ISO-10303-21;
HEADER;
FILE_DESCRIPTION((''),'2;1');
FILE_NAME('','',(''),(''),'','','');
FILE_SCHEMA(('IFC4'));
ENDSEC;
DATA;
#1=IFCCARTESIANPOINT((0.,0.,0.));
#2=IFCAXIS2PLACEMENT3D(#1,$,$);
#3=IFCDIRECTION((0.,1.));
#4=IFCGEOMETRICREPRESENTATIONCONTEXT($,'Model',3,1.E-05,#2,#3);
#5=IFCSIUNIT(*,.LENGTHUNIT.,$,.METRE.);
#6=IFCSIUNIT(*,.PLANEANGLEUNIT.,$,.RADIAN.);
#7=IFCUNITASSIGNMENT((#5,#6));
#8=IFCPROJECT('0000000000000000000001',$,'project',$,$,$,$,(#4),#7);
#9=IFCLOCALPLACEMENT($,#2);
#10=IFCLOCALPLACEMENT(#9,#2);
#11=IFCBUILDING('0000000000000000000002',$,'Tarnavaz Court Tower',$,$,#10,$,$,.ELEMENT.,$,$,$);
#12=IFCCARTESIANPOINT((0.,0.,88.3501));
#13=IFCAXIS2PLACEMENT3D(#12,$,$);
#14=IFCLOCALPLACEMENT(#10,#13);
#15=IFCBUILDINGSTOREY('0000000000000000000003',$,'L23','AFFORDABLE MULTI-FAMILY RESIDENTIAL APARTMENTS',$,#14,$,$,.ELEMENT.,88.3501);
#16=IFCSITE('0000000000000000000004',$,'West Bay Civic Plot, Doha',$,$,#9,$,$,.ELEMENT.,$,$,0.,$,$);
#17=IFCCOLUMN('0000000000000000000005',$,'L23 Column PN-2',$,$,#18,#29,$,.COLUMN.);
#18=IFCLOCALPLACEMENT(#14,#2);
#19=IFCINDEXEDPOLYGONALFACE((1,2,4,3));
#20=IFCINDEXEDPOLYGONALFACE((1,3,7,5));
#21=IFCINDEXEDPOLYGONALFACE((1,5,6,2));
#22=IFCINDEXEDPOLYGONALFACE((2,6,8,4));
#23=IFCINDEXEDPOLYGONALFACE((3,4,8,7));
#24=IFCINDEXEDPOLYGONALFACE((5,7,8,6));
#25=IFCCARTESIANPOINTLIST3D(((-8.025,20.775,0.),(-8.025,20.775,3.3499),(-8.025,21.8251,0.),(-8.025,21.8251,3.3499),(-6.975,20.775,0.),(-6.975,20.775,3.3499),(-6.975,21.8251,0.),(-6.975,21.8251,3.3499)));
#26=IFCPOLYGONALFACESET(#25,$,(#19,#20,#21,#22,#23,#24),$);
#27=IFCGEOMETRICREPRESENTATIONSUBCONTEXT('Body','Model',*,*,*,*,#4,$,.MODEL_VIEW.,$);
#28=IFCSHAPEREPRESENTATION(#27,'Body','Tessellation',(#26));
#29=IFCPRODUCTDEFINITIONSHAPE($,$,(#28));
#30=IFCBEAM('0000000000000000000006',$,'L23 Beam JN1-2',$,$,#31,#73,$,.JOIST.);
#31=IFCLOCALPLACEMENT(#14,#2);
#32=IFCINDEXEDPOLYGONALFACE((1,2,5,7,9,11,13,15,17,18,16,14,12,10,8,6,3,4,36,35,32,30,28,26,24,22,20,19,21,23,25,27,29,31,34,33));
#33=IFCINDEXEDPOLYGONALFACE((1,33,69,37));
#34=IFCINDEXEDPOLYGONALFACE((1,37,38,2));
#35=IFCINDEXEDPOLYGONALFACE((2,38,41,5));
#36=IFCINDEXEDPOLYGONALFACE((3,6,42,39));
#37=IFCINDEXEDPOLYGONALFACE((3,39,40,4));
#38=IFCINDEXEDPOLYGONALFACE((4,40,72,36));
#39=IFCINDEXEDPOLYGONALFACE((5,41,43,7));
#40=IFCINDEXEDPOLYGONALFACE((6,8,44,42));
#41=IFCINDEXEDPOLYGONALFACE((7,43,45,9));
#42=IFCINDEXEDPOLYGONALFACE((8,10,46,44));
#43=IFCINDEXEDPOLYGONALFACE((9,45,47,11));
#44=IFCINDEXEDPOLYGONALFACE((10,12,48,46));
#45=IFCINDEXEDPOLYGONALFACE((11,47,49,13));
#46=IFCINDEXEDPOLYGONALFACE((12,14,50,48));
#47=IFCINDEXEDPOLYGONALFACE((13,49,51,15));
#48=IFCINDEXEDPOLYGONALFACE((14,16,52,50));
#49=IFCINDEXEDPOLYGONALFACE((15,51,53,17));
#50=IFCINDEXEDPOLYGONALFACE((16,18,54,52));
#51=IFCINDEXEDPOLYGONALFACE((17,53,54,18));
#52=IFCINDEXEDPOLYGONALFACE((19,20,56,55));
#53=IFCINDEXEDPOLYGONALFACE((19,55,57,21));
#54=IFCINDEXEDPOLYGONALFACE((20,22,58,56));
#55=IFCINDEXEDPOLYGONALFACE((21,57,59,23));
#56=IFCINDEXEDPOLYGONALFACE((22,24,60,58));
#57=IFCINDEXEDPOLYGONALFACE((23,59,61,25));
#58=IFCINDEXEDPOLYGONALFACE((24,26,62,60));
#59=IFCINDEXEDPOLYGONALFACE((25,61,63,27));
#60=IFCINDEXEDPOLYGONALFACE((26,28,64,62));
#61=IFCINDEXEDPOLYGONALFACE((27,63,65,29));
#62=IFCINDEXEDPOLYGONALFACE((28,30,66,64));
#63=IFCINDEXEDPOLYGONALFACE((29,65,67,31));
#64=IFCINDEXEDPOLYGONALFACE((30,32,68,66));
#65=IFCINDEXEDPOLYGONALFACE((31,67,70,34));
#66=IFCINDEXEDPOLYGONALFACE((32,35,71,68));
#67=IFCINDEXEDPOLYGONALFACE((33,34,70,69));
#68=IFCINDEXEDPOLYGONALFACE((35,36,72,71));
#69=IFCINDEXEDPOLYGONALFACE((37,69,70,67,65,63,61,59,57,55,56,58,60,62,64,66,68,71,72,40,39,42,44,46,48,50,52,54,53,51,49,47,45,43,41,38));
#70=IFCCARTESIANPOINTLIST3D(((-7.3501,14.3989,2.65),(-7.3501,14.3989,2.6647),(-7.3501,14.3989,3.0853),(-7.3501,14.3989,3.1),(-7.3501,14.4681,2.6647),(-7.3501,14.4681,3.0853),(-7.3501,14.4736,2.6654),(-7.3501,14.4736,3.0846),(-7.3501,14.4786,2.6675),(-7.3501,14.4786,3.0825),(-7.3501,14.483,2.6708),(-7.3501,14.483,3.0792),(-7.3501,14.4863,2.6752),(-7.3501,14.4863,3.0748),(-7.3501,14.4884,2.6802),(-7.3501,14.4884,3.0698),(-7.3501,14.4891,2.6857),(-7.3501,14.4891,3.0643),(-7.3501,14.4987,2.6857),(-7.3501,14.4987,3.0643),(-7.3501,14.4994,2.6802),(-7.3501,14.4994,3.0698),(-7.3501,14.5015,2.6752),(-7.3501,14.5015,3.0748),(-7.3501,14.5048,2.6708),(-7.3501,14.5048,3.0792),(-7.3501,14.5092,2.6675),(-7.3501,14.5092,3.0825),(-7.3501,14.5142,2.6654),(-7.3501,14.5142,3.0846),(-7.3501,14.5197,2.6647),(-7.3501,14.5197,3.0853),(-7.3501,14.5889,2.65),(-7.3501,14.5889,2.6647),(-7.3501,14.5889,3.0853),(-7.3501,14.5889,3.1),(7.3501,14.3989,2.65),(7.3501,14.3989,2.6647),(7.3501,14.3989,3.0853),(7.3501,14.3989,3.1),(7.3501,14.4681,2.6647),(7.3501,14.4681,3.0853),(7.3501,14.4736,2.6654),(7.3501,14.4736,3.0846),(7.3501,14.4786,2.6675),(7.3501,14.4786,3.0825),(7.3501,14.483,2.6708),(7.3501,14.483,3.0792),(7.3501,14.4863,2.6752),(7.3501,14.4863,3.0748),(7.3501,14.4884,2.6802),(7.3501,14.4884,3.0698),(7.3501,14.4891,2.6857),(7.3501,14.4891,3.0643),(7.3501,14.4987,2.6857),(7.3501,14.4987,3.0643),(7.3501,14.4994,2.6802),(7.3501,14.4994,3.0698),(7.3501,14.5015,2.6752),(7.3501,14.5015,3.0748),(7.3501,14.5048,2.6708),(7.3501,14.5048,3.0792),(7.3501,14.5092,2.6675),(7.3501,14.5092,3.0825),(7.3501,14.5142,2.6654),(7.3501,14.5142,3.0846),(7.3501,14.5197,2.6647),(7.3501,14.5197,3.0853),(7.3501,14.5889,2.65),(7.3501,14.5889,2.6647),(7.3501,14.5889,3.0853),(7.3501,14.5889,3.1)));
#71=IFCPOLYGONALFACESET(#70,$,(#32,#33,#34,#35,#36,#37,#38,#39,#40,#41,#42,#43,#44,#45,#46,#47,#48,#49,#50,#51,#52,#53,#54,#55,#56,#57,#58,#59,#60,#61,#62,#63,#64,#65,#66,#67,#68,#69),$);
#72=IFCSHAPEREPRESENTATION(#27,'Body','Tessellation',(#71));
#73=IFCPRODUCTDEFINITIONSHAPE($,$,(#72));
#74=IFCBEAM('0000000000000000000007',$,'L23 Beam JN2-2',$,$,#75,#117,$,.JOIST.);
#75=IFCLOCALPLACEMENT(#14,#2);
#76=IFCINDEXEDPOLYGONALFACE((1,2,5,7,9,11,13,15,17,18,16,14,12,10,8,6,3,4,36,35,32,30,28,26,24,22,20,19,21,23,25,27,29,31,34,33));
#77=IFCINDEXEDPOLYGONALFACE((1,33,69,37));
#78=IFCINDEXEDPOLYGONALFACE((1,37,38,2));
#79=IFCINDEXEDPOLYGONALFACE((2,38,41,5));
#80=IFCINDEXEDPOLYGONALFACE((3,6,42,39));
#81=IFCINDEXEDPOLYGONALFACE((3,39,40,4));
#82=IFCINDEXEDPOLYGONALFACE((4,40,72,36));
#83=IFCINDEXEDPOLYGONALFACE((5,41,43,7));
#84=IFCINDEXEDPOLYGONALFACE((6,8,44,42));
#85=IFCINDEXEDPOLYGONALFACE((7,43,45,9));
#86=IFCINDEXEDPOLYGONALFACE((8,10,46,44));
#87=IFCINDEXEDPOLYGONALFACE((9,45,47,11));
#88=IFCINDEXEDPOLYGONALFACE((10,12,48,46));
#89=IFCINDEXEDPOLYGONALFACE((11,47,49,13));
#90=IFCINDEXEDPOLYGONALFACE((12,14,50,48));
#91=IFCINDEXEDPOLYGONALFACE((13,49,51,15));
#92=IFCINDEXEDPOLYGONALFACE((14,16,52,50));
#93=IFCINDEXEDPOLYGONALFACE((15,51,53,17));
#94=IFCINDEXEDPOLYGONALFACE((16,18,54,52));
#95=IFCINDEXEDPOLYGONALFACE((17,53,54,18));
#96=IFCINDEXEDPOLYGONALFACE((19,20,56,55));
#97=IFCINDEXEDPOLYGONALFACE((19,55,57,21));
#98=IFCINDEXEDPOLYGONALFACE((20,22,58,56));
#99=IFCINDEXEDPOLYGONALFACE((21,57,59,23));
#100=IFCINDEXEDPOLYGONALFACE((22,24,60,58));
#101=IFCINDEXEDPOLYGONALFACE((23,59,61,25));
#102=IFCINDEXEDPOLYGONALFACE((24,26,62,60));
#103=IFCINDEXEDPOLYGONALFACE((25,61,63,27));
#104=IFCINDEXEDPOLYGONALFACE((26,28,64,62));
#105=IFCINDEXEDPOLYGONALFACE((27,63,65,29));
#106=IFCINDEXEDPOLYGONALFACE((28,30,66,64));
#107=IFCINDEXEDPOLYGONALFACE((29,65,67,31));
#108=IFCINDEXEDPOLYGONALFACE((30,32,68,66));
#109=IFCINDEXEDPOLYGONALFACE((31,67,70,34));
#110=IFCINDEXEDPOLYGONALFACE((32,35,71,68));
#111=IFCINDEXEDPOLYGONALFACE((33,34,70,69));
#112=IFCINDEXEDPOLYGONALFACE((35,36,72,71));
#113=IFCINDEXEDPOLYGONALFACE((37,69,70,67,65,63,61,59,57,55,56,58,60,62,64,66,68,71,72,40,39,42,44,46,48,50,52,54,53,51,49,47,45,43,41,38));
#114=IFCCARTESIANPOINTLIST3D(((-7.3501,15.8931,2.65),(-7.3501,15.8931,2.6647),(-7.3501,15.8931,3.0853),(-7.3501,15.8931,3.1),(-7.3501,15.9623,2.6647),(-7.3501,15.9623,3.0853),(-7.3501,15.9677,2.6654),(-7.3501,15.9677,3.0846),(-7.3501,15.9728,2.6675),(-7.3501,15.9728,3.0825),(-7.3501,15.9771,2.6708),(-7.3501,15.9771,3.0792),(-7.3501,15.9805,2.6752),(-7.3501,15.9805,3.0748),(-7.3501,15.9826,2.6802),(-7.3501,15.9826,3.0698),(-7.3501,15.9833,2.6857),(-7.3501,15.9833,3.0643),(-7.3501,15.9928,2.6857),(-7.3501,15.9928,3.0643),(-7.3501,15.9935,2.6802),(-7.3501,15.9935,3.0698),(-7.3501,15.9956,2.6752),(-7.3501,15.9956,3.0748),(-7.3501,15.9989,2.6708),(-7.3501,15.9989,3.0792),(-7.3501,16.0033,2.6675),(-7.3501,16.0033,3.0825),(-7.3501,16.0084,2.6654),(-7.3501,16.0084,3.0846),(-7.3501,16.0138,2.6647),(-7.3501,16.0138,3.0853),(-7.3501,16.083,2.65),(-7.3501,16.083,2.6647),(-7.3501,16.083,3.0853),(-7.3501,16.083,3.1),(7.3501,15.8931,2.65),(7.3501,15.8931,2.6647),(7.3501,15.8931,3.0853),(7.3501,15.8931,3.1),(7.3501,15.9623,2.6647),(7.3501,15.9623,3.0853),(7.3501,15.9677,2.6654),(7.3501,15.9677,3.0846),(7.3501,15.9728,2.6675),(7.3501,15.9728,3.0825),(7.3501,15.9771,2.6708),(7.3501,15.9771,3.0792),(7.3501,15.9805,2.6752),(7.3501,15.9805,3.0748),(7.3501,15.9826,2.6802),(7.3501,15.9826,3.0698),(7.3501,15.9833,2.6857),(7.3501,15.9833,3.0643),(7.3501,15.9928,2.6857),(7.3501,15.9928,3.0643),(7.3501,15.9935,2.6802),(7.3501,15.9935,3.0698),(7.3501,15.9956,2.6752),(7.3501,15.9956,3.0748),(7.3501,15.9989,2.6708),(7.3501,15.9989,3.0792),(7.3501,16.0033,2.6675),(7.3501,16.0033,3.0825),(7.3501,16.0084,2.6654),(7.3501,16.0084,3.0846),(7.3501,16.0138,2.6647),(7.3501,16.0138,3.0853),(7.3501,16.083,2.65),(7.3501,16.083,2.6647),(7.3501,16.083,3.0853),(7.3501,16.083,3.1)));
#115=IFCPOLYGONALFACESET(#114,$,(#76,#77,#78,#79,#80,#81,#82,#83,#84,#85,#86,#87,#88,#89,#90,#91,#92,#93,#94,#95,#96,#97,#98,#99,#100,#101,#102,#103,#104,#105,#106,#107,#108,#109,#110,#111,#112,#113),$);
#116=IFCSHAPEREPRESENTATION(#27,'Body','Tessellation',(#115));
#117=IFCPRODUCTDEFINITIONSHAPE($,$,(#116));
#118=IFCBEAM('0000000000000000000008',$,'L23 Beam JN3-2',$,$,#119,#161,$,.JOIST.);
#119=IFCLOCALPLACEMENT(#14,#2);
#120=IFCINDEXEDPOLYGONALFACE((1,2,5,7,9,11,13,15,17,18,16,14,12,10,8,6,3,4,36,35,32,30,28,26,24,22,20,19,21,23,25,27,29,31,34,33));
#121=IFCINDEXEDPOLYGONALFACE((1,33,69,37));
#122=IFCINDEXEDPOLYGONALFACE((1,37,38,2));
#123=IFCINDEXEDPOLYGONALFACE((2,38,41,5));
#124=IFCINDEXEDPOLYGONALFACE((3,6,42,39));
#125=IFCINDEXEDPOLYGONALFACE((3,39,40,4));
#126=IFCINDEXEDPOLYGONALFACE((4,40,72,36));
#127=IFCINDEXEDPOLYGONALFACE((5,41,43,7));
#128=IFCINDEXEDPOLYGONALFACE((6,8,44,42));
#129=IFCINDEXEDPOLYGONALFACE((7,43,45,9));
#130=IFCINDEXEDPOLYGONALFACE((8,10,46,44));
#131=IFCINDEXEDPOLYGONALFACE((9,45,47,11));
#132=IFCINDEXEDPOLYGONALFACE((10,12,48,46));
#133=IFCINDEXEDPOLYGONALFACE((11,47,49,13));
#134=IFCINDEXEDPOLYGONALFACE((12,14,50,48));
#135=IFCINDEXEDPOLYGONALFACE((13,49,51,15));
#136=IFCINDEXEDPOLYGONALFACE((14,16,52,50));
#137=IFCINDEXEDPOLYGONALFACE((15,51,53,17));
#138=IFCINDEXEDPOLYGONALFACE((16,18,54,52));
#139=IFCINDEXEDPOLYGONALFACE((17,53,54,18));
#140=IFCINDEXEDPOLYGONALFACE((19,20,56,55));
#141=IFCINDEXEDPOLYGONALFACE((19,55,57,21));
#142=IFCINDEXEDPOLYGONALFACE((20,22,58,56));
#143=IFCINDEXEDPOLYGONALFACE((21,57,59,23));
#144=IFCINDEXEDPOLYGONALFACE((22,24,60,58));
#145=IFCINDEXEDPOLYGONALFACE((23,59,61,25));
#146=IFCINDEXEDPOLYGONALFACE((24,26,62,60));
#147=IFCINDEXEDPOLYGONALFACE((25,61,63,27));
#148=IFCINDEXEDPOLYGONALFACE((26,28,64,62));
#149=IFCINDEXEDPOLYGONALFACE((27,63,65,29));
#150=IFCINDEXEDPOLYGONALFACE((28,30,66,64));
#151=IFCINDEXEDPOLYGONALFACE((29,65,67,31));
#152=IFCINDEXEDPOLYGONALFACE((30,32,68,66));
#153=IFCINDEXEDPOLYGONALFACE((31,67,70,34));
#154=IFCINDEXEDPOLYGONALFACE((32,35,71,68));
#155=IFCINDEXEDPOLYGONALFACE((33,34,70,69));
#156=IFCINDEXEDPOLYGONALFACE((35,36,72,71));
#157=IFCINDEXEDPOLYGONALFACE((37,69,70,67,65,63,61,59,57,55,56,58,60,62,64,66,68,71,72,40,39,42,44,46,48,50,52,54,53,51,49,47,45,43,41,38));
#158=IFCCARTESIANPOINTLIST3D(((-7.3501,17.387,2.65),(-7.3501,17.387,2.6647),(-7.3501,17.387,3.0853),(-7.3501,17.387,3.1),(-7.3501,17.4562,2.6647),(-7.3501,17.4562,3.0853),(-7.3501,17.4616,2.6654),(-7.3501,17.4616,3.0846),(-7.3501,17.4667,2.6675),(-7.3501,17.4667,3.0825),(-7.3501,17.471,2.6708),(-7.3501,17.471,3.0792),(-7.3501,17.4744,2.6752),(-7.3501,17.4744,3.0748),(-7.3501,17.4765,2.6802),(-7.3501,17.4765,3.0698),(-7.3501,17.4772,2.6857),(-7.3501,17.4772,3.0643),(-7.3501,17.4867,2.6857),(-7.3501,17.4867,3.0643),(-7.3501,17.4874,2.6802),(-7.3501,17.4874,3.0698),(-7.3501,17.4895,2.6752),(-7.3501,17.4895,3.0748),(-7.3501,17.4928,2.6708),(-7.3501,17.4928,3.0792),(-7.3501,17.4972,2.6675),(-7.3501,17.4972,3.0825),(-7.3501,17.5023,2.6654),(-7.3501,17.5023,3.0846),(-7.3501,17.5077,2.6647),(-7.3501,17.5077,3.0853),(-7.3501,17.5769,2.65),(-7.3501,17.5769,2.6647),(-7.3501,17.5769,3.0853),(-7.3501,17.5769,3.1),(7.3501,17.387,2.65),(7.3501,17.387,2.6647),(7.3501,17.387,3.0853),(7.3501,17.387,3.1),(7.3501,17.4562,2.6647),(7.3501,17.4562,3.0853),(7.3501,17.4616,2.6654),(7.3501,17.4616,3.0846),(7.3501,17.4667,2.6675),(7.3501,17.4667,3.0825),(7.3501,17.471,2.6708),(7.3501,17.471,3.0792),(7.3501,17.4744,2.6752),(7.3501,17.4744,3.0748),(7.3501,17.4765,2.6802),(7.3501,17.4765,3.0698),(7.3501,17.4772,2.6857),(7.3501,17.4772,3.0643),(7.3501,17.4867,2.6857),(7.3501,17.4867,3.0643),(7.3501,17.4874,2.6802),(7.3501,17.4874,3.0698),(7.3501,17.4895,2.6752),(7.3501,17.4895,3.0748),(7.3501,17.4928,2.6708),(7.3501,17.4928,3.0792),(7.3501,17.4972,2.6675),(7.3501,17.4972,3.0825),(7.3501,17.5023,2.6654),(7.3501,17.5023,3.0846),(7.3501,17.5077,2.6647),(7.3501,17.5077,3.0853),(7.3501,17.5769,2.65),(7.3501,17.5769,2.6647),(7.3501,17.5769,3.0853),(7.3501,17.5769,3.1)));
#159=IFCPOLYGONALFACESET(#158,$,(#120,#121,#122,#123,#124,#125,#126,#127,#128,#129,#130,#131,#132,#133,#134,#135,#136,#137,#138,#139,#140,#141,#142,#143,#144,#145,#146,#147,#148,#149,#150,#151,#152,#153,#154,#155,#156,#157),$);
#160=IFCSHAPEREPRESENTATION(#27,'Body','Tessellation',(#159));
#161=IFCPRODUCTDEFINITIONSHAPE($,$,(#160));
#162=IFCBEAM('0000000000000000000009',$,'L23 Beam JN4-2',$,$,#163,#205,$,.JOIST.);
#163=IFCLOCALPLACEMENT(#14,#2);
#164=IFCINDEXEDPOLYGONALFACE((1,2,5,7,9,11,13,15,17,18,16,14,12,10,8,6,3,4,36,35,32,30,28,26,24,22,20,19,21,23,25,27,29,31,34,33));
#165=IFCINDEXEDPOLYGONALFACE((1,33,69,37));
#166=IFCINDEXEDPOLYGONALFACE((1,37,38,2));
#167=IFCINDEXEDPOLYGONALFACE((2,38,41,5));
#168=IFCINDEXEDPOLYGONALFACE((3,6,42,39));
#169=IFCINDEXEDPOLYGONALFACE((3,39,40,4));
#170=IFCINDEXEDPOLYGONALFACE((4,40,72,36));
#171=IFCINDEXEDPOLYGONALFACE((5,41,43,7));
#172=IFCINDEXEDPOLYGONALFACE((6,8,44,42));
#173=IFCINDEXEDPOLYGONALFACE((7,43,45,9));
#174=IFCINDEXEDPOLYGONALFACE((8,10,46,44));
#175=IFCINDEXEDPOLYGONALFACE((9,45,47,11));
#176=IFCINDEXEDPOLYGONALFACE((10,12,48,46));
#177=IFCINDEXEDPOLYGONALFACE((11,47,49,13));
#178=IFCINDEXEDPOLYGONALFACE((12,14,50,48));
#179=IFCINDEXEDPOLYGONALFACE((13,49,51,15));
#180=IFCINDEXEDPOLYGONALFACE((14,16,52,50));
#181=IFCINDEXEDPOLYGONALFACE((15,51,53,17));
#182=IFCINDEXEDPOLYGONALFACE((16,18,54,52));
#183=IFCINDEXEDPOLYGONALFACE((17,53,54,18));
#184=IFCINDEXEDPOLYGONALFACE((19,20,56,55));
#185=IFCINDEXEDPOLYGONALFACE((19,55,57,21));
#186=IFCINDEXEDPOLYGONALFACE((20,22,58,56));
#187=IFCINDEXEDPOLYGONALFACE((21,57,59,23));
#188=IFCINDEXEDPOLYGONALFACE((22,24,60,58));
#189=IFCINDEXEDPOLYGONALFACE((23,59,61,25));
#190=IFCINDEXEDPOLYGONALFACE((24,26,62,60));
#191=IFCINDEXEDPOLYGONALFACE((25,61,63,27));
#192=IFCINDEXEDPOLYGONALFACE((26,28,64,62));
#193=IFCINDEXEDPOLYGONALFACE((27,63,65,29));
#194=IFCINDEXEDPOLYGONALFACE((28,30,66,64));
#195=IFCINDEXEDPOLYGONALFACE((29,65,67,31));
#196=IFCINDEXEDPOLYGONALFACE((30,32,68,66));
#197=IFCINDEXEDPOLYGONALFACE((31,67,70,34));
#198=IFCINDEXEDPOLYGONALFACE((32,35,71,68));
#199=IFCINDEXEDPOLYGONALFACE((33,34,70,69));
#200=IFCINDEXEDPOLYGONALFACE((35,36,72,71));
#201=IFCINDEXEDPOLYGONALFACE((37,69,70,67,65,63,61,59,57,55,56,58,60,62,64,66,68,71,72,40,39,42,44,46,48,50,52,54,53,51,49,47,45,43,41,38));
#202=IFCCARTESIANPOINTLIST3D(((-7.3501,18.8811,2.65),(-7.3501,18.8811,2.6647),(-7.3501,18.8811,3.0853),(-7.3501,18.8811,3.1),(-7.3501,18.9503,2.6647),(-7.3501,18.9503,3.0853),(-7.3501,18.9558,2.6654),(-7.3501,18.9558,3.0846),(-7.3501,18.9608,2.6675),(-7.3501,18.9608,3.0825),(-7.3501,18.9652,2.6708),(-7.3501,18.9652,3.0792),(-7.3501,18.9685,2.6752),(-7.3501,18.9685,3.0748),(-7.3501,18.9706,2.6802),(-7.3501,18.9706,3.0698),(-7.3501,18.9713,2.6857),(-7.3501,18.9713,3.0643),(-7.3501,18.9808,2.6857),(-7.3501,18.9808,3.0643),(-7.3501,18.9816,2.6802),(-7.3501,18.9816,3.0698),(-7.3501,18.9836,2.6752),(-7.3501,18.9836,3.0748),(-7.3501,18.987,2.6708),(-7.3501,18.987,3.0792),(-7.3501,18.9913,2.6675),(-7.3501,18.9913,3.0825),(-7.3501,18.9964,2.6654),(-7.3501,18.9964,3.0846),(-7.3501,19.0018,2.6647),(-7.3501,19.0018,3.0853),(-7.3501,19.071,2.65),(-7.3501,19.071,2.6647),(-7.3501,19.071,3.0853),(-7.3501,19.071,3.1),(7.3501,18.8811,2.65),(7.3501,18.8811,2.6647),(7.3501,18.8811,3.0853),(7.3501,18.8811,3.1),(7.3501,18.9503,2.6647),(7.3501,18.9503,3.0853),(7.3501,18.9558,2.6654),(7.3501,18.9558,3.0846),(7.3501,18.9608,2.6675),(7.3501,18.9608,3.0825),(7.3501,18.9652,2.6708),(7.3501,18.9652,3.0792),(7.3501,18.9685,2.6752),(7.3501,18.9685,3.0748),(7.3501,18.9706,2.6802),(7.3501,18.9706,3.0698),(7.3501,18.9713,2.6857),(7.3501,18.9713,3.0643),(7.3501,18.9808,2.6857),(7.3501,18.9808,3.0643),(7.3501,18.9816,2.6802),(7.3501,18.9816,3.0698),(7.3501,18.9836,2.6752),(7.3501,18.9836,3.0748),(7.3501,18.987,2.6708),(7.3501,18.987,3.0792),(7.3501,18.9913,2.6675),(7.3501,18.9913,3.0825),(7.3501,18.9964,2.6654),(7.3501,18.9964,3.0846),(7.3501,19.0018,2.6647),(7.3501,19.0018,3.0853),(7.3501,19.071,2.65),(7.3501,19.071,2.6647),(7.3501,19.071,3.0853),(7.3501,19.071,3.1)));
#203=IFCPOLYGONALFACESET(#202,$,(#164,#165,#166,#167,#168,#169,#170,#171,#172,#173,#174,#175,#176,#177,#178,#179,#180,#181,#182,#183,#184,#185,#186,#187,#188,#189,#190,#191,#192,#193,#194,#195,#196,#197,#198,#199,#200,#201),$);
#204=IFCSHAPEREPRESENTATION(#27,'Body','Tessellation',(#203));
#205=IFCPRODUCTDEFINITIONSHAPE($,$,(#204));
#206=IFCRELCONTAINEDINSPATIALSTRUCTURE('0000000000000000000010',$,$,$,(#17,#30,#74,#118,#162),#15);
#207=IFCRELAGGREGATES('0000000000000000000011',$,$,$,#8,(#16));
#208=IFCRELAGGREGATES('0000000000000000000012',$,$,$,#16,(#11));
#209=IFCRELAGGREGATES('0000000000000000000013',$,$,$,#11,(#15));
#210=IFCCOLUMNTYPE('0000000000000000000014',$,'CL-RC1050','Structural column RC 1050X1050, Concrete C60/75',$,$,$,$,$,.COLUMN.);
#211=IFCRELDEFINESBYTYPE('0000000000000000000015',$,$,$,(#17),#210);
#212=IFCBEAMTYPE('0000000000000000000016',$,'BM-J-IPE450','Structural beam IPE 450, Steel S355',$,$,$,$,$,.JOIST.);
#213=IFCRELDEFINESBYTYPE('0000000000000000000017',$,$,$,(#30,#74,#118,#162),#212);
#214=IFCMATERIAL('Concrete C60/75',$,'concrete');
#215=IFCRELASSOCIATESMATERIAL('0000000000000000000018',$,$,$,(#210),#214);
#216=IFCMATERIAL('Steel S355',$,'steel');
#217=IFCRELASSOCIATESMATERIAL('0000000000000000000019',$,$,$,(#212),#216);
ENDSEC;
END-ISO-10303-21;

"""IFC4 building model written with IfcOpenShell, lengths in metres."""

from ifc_helpers import new_model, si_unit, direction, frame, origin, origin_2d, place, context, subcontext, project, spatial, rectangle, i_section, extrude, material, material_profile, profile_set, type_object, element, save


model = new_model("IFC4")

# Units and contexts
model_context = context("Model", 3, precision=1e-05, world=origin(), true_north=direction((0.0, 1.0)))
body_context = subcontext(model_context, "Body", "Model", "MODEL_VIEW")
ifc_project = project(units=[si_unit("LENGTHUNIT", "METRE"), si_unit("PLANEANGLEUNIT", "RADIAN")], contexts=[model_context])

# Site, building, storey
site_placement = place(None, origin())
site = spatial("IfcSite", under=ifc_project, at=site_placement, Name="West Bay Civic Plot, Doha", CompositionType="ELEMENT", RefElevation=0.0)
building_placement = place(site_placement, origin())
building = spatial("IfcBuilding", under=site, at=building_placement, Name="Tarnavaz Court Tower", CompositionType="ELEMENT")
storey_placement = place(building_placement, frame((0.0, 0.0, 88.3501)))
storey = spatial("IfcBuildingStorey", under=building, at=storey_placement, Name="L23", Description="AFFORDABLE MULTI-FAMILY RESIDENTIAL APARTMENTS", CompositionType="ELEMENT", Elevation=88.3501)

# Column
ifc_material_1 = material(Name="Concrete C60/75", Category="concrete")
ifc_material_profile_1 = material_profile(ifc_material_1, rectangle(XDim=1.05, YDim=1.05, at=origin_2d()), Name="RC 1050X1050")
ifc_profile_set_1 = profile_set([ifc_material_profile_1], Name="Concrete C60/75")
column_type = type_object("IfcColumnType", Name="CL-RC1050", Description="Structural column RC 1050X1050, Concrete C60/75", PredefinedType="COLUMN", material=ifc_profile_set_1)
column_placement = place(storey_placement, frame((-7.5, 21.3, 0.0), z_axis=(0.0, 0.0, 1.0), x_axis=(1.0, 0.0, 0.0)))
element("IfcColumn", 1, at=column_placement, inside=storey, type_object=column_type, Name="L23 Column PN-2", PredefinedType="COLUMN", context=body_context, shape_type="SweptSolid", body=[
    extrude(rectangle(XDim=1.05, YDim=1.05, at=origin_2d()), origin(), (0.0, 0.0, 1.0), 3.3499),
])

# Beams
ifc_material_2 = material(Name="Steel S355", Category="steel")
ifc_material_profile_2 = material_profile(ifc_material_2, i_section(OverallWidth=0.1899, OverallDepth=0.45, WebThickness=0.0095, FlangeThickness=0.0146, FilletRadius=0.021, at=origin_2d()), Name="IPE 450")
ifc_profile_set_2 = profile_set([ifc_material_profile_2], Name="Steel S355")
beam_type_1 = type_object("IfcBeamType", Name="BM-J-IPE450", Description="Structural beam IPE 450, Steel S355", PredefinedType="JOIST", material=ifc_profile_set_2)
for number, where, z_axis, x_axis, name in (
    (2, (-7.3501, 14.4939, 2.875), (1.0, 0.0, 0.0), (0.0, 1.0, 0.0), "L23 Beam JN1-2"),
    (3, (-7.3501, 15.988, 2.875), (1.0, 0.0, 0.0), (0.0, 1.0, 0.0), "L23 Beam JN2-2"),
    (4, (-7.3501, 17.4819, 2.875), (1.0, 0.0, 0.0), (0.0, 1.0, 0.0), "L23 Beam JN3-2"),
    (5, (-7.3501, 18.9761, 2.875), (1.0, 0.0, 0.0), (0.0, 1.0, 0.0), "L23 Beam JN4-2"),
):
    element("IfcBeam", number, at=place(storey_placement, frame(where, z_axis=z_axis, x_axis=x_axis)), inside=storey, type_object=beam_type_1, Name=name, PredefinedType="JOIST", context=body_context, shape_type="SweptSolid", body=[
        extrude(i_section(OverallWidth=0.1899, OverallDepth=0.45, WebThickness=0.0095, FlangeThickness=0.0146, FilletRadius=0.021, at=origin_2d()), origin(), (0.0, 0.0, 1.0), 14.7002),
    ])

save(model, "model.ifc")
